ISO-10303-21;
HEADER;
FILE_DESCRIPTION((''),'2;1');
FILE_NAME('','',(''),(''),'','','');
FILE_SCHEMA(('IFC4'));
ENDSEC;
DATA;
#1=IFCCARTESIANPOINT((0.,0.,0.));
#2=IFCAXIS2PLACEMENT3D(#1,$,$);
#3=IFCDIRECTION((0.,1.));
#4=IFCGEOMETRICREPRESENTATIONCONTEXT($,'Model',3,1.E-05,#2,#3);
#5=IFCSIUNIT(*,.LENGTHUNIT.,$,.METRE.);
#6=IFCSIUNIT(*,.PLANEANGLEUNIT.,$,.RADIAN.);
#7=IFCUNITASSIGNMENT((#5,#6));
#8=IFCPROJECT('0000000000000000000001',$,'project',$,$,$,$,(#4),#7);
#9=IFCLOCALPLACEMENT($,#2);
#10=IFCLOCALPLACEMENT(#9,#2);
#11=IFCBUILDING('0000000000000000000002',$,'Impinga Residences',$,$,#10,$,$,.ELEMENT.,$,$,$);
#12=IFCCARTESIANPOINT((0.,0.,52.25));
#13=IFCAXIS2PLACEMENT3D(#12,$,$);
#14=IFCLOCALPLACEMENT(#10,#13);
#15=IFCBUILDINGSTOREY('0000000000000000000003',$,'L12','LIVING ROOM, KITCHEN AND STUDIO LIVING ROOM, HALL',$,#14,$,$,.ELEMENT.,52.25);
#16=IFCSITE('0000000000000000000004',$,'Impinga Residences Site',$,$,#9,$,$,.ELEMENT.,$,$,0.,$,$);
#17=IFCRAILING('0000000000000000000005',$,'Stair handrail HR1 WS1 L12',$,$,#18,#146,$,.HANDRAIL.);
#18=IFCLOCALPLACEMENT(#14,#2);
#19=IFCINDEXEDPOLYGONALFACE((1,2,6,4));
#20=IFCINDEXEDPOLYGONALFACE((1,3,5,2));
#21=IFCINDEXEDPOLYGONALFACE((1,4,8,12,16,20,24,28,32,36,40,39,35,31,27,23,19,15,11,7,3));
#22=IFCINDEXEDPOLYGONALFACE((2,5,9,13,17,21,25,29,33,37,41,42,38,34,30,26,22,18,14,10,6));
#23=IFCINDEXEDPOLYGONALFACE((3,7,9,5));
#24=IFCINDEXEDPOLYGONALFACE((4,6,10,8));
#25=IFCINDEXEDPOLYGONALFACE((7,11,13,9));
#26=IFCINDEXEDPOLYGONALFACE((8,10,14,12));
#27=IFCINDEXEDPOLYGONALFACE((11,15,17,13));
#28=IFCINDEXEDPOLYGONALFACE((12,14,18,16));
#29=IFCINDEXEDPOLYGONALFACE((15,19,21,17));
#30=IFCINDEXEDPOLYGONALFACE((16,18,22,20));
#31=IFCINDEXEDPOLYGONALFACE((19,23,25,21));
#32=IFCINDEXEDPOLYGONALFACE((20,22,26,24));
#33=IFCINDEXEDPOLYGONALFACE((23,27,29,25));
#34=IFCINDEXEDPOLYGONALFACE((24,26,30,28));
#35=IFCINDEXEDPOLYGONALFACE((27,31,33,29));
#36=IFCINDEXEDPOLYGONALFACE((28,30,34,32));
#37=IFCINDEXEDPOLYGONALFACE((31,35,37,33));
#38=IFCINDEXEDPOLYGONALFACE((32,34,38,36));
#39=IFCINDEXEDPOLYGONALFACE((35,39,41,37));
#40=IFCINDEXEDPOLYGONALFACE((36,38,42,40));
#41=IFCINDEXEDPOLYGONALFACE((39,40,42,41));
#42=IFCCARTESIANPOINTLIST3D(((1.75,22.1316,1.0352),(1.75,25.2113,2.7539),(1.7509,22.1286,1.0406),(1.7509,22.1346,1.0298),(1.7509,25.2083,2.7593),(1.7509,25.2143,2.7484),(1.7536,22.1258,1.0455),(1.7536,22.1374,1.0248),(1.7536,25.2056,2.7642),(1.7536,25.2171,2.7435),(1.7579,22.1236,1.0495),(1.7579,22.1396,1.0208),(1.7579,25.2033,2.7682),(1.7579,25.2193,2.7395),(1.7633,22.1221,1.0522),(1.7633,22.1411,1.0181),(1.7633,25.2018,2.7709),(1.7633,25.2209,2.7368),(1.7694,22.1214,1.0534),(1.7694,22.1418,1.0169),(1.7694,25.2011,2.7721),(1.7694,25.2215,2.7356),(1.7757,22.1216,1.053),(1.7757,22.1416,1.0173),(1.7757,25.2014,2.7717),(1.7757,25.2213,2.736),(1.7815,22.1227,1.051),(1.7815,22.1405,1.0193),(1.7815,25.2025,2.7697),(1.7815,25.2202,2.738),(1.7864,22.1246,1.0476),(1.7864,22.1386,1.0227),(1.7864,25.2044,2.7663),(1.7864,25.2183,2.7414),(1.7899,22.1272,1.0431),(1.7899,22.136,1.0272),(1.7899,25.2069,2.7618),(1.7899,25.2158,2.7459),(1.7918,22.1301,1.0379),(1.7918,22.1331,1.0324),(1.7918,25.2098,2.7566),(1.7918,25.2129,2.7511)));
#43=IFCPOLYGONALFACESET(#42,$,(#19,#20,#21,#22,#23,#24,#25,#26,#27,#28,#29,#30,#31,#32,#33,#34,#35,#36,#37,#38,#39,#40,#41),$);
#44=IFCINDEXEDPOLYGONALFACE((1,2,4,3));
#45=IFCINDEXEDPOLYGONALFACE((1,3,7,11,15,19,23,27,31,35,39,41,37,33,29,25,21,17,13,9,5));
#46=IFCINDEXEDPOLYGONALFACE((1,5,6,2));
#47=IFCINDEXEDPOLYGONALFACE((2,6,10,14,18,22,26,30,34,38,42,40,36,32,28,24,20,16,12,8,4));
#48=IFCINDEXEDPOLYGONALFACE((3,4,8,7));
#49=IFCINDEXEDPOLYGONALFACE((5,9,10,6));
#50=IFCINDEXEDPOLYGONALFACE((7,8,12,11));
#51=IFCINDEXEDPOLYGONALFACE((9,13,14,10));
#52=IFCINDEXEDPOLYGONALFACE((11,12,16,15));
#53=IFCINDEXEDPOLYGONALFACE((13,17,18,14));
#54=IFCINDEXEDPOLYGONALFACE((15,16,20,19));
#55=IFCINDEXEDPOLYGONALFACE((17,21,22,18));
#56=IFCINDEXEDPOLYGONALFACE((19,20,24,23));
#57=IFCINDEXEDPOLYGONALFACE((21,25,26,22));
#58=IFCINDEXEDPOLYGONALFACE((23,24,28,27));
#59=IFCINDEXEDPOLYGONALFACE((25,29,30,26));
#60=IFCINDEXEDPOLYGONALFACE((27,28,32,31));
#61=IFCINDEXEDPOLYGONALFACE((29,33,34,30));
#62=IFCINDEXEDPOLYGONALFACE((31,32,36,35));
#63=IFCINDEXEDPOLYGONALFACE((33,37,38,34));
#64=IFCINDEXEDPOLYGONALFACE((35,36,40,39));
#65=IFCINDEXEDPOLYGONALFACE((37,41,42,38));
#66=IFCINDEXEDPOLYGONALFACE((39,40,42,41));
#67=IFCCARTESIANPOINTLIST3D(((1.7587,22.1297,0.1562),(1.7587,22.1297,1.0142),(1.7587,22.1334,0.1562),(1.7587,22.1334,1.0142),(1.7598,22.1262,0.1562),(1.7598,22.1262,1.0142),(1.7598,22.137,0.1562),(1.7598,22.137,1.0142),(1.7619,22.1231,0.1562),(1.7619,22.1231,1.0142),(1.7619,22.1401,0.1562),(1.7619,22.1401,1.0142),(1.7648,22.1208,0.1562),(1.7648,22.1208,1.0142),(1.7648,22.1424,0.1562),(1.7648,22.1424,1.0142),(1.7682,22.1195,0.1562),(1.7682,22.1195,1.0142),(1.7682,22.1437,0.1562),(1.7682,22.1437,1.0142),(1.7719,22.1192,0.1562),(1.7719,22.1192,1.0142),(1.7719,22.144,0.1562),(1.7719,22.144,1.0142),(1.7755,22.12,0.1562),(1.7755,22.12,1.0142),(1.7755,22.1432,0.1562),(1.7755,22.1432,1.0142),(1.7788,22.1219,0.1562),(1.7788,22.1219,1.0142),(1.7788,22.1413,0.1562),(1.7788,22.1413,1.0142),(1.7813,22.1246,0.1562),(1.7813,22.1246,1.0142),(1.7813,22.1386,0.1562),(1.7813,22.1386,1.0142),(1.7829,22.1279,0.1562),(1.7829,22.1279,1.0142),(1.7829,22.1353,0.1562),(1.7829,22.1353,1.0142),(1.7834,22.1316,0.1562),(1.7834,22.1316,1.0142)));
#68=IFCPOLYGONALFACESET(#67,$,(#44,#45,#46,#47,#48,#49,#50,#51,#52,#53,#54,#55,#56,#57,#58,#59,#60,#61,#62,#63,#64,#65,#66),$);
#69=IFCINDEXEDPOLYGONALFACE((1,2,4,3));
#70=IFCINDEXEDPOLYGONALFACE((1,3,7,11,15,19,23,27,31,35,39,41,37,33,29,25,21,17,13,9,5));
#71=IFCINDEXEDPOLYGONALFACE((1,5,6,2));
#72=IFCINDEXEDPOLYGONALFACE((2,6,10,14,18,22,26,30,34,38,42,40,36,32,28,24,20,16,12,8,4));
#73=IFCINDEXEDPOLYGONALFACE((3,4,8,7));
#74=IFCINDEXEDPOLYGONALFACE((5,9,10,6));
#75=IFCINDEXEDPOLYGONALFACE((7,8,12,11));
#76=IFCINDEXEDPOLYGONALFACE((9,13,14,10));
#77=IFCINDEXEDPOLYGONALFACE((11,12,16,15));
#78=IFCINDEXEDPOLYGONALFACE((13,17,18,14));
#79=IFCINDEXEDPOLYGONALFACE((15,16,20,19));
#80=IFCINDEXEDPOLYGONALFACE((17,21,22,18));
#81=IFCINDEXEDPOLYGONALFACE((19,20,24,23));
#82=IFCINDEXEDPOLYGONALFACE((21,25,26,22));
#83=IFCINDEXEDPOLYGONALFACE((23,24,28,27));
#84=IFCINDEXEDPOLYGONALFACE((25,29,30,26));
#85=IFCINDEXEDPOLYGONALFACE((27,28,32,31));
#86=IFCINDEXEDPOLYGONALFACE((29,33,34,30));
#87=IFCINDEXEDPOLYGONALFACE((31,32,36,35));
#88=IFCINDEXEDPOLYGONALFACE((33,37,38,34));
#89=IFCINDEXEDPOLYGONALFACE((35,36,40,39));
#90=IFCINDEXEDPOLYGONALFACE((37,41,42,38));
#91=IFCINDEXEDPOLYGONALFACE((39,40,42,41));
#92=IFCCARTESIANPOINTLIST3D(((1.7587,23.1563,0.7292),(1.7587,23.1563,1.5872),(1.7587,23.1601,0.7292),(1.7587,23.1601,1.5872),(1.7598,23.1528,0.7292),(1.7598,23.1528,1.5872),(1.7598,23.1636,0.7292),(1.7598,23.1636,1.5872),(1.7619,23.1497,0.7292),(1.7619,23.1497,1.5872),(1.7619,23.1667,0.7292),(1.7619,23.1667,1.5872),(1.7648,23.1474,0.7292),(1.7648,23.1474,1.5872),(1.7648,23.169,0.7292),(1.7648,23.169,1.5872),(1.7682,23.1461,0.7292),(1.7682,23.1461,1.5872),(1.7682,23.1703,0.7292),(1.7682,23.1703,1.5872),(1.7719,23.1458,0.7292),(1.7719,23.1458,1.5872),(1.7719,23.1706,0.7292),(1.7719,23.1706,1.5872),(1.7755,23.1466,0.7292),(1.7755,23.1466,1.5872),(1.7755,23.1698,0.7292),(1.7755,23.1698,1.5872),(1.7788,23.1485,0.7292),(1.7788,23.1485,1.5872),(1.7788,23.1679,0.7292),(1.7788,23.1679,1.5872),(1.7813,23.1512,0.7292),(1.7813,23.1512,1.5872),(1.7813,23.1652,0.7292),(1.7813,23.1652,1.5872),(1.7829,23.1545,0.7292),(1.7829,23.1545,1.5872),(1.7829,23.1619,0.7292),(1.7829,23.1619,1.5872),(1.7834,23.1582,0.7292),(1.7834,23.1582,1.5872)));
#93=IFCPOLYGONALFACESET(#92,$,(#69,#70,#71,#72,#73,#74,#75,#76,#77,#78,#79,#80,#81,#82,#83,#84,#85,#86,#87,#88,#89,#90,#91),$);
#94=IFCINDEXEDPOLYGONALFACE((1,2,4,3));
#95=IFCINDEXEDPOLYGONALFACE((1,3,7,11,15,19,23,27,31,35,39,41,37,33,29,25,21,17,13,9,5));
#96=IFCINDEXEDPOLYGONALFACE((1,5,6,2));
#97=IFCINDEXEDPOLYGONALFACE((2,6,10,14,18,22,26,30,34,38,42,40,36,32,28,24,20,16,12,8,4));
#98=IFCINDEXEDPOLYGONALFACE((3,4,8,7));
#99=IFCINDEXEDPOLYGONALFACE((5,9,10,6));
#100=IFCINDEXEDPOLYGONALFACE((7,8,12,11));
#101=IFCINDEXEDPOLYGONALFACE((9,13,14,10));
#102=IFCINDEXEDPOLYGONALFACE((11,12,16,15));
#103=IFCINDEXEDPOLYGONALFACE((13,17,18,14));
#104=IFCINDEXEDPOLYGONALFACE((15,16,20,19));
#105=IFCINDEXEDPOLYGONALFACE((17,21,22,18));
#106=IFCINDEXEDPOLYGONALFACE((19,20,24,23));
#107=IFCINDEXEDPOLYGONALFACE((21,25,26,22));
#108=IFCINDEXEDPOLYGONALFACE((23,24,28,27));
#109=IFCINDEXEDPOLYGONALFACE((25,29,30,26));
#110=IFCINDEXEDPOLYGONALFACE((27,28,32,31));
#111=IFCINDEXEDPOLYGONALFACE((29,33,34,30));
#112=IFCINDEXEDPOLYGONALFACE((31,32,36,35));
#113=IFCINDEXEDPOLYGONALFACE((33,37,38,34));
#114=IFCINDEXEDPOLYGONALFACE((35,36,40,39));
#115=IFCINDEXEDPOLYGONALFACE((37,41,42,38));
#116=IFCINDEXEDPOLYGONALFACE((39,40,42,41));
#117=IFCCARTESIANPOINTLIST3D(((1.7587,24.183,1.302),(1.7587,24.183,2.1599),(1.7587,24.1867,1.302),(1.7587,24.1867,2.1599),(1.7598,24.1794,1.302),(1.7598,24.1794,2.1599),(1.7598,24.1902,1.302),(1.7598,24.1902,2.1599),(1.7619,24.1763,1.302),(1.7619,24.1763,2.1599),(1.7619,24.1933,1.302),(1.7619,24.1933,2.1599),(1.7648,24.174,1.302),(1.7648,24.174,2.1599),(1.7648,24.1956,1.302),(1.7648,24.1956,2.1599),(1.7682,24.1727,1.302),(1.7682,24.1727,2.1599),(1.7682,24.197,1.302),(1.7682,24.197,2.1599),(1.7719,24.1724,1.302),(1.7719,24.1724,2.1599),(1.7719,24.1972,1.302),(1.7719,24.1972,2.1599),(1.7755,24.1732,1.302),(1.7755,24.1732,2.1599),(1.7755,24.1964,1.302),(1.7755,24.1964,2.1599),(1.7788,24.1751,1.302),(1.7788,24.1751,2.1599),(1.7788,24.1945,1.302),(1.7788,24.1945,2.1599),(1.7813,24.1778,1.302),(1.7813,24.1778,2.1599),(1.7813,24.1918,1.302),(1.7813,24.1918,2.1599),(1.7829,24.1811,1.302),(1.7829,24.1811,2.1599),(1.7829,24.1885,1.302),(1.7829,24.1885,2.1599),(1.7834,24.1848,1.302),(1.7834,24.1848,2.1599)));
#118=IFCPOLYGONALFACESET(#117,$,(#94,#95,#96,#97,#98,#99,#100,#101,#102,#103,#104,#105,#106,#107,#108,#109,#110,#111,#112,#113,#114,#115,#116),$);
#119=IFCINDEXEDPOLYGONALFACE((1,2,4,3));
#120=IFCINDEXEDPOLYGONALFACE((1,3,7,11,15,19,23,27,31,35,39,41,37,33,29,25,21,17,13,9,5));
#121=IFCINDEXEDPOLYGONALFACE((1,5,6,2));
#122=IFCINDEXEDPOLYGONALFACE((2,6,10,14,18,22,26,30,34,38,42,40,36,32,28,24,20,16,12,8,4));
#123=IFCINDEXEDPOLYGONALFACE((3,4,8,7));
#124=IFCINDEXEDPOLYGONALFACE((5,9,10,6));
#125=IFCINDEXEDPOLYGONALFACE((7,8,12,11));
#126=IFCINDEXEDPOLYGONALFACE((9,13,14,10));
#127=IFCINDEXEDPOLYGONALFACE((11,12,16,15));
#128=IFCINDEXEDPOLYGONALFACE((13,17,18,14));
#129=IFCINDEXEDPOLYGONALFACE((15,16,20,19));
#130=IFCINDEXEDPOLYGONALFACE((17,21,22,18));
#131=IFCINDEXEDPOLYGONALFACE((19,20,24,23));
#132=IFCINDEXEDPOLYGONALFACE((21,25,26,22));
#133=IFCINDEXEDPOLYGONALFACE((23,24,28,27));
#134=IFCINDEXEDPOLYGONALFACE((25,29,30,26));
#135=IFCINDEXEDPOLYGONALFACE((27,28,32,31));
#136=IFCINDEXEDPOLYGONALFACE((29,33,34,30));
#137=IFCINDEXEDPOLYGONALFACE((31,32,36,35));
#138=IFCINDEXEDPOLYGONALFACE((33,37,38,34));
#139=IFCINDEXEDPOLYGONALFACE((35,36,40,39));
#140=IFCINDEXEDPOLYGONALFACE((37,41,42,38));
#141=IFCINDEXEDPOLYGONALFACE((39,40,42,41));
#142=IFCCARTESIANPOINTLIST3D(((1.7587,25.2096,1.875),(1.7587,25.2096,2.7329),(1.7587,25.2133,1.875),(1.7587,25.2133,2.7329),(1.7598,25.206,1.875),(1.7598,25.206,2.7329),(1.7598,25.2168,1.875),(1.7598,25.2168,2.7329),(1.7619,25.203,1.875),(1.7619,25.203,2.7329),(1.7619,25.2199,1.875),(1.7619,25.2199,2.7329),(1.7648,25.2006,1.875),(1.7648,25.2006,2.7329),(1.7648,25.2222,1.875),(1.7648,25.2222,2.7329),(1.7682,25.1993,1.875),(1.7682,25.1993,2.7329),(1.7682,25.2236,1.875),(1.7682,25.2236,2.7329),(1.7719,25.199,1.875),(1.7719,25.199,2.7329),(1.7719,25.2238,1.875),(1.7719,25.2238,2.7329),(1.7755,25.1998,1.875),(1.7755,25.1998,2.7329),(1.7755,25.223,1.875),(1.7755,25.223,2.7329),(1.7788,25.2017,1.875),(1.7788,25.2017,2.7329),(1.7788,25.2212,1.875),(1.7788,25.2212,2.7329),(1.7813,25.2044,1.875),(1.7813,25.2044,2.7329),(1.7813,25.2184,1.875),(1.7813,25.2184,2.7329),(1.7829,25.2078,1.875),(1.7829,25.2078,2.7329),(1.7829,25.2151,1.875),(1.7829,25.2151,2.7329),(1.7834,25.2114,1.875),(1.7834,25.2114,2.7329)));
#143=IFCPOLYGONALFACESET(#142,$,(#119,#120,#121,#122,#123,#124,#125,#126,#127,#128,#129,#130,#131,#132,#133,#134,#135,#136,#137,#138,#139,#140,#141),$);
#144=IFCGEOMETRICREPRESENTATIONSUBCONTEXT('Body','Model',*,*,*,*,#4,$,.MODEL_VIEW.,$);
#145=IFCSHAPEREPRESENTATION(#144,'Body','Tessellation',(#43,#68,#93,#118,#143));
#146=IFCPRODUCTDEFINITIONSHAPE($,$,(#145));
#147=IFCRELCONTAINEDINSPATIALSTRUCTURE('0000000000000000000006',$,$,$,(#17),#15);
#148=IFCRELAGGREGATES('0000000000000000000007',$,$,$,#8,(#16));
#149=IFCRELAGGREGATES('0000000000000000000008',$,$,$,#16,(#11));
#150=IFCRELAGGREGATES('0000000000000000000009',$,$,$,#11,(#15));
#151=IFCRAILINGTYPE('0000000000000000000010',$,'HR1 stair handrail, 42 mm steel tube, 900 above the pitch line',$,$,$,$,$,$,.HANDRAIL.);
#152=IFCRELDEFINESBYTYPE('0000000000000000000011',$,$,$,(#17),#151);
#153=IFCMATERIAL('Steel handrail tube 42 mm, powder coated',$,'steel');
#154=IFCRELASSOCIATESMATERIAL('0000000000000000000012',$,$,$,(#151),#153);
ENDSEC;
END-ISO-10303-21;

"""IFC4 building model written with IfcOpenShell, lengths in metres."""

from ifc_helpers import new_model, si_unit, direction, frame, origin, origin_2d, place, context, subcontext, project, spatial, circle, extrude, material, type_object, element, save


model = new_model("IFC4")

# Units and contexts
model_context = context("Model", 3, precision=1e-05, world=origin(), true_north=direction((0.0, 1.0)))
body_context = subcontext(model_context, "Body", "Model", "MODEL_VIEW")
ifc_project = project(units=[si_unit("LENGTHUNIT", "METRE"), si_unit("PLANEANGLEUNIT", "RADIAN")], contexts=[model_context])

# Site, building, storey
site_placement = place(None, origin())
site = spatial("IfcSite", under=ifc_project, at=site_placement, Name="Impinga Residences Site", CompositionType="ELEMENT", RefElevation=0.0)
building_placement = place(site_placement, origin())
building = spatial("IfcBuilding", under=site, at=building_placement, Name="Impinga Residences", CompositionType="ELEMENT")
storey_placement = place(building_placement, frame((0.0, 0.0, 52.25)))
storey = spatial("IfcBuildingStorey", under=building, at=storey_placement, Name="L12", Description="LIVING ROOM, KITCHEN AND STUDIO LIVING ROOM, HALL", CompositionType="ELEMENT", Elevation=52.25)

# Railing
ifc_material_1 = material(Name="Steel handrail tube 42 mm, powder coated", Category="steel")
railing_type_1 = type_object("IfcRailingType", Name="HR1 stair handrail, 42 mm steel tube, 900 above the pitch line", PredefinedType="HANDRAIL", material=ifc_material_1)
railing_1_placement = place(storey_placement, frame((1.771, 22.1316, 0.1562)))
element("IfcRailing", 1, at=railing_1_placement, inside=storey, type_object=railing_type_1, Name="Stair handrail HR1 WS1 L12", PredefinedType="HANDRAIL", context=body_context, shape_type="SweptSolid", body=[
    extrude(circle(Radius=0.021, at=origin_2d()), frame((0.0, 0.0, 0.8789), z_axis=(0.0, 0.873225, 0.487317), x_axis=(-1.0, 0.0, 0.0)), (0.0, 0.0, 1.0), 3.5269),
    extrude(circle(Radius=0.0125, at=origin_2d()), origin(), (0.0, 0.0, 1.0), 0.8579),
    extrude(circle(Radius=0.0125, at=origin_2d()), frame((0.0, 1.0266, 0.573)), (0.0, 0.0, 1.0), 0.8579),
    extrude(circle(Radius=0.0125, at=origin_2d()), frame((0.0, 2.0532, 1.1458)), (0.0, 0.0, 1.0), 0.8579),
    extrude(circle(Radius=0.0125, at=origin_2d()), frame((0.0, 3.0798, 1.7188)), (0.0, 0.0, 1.0), 0.8579),
])

save(model, "model.ifc")
